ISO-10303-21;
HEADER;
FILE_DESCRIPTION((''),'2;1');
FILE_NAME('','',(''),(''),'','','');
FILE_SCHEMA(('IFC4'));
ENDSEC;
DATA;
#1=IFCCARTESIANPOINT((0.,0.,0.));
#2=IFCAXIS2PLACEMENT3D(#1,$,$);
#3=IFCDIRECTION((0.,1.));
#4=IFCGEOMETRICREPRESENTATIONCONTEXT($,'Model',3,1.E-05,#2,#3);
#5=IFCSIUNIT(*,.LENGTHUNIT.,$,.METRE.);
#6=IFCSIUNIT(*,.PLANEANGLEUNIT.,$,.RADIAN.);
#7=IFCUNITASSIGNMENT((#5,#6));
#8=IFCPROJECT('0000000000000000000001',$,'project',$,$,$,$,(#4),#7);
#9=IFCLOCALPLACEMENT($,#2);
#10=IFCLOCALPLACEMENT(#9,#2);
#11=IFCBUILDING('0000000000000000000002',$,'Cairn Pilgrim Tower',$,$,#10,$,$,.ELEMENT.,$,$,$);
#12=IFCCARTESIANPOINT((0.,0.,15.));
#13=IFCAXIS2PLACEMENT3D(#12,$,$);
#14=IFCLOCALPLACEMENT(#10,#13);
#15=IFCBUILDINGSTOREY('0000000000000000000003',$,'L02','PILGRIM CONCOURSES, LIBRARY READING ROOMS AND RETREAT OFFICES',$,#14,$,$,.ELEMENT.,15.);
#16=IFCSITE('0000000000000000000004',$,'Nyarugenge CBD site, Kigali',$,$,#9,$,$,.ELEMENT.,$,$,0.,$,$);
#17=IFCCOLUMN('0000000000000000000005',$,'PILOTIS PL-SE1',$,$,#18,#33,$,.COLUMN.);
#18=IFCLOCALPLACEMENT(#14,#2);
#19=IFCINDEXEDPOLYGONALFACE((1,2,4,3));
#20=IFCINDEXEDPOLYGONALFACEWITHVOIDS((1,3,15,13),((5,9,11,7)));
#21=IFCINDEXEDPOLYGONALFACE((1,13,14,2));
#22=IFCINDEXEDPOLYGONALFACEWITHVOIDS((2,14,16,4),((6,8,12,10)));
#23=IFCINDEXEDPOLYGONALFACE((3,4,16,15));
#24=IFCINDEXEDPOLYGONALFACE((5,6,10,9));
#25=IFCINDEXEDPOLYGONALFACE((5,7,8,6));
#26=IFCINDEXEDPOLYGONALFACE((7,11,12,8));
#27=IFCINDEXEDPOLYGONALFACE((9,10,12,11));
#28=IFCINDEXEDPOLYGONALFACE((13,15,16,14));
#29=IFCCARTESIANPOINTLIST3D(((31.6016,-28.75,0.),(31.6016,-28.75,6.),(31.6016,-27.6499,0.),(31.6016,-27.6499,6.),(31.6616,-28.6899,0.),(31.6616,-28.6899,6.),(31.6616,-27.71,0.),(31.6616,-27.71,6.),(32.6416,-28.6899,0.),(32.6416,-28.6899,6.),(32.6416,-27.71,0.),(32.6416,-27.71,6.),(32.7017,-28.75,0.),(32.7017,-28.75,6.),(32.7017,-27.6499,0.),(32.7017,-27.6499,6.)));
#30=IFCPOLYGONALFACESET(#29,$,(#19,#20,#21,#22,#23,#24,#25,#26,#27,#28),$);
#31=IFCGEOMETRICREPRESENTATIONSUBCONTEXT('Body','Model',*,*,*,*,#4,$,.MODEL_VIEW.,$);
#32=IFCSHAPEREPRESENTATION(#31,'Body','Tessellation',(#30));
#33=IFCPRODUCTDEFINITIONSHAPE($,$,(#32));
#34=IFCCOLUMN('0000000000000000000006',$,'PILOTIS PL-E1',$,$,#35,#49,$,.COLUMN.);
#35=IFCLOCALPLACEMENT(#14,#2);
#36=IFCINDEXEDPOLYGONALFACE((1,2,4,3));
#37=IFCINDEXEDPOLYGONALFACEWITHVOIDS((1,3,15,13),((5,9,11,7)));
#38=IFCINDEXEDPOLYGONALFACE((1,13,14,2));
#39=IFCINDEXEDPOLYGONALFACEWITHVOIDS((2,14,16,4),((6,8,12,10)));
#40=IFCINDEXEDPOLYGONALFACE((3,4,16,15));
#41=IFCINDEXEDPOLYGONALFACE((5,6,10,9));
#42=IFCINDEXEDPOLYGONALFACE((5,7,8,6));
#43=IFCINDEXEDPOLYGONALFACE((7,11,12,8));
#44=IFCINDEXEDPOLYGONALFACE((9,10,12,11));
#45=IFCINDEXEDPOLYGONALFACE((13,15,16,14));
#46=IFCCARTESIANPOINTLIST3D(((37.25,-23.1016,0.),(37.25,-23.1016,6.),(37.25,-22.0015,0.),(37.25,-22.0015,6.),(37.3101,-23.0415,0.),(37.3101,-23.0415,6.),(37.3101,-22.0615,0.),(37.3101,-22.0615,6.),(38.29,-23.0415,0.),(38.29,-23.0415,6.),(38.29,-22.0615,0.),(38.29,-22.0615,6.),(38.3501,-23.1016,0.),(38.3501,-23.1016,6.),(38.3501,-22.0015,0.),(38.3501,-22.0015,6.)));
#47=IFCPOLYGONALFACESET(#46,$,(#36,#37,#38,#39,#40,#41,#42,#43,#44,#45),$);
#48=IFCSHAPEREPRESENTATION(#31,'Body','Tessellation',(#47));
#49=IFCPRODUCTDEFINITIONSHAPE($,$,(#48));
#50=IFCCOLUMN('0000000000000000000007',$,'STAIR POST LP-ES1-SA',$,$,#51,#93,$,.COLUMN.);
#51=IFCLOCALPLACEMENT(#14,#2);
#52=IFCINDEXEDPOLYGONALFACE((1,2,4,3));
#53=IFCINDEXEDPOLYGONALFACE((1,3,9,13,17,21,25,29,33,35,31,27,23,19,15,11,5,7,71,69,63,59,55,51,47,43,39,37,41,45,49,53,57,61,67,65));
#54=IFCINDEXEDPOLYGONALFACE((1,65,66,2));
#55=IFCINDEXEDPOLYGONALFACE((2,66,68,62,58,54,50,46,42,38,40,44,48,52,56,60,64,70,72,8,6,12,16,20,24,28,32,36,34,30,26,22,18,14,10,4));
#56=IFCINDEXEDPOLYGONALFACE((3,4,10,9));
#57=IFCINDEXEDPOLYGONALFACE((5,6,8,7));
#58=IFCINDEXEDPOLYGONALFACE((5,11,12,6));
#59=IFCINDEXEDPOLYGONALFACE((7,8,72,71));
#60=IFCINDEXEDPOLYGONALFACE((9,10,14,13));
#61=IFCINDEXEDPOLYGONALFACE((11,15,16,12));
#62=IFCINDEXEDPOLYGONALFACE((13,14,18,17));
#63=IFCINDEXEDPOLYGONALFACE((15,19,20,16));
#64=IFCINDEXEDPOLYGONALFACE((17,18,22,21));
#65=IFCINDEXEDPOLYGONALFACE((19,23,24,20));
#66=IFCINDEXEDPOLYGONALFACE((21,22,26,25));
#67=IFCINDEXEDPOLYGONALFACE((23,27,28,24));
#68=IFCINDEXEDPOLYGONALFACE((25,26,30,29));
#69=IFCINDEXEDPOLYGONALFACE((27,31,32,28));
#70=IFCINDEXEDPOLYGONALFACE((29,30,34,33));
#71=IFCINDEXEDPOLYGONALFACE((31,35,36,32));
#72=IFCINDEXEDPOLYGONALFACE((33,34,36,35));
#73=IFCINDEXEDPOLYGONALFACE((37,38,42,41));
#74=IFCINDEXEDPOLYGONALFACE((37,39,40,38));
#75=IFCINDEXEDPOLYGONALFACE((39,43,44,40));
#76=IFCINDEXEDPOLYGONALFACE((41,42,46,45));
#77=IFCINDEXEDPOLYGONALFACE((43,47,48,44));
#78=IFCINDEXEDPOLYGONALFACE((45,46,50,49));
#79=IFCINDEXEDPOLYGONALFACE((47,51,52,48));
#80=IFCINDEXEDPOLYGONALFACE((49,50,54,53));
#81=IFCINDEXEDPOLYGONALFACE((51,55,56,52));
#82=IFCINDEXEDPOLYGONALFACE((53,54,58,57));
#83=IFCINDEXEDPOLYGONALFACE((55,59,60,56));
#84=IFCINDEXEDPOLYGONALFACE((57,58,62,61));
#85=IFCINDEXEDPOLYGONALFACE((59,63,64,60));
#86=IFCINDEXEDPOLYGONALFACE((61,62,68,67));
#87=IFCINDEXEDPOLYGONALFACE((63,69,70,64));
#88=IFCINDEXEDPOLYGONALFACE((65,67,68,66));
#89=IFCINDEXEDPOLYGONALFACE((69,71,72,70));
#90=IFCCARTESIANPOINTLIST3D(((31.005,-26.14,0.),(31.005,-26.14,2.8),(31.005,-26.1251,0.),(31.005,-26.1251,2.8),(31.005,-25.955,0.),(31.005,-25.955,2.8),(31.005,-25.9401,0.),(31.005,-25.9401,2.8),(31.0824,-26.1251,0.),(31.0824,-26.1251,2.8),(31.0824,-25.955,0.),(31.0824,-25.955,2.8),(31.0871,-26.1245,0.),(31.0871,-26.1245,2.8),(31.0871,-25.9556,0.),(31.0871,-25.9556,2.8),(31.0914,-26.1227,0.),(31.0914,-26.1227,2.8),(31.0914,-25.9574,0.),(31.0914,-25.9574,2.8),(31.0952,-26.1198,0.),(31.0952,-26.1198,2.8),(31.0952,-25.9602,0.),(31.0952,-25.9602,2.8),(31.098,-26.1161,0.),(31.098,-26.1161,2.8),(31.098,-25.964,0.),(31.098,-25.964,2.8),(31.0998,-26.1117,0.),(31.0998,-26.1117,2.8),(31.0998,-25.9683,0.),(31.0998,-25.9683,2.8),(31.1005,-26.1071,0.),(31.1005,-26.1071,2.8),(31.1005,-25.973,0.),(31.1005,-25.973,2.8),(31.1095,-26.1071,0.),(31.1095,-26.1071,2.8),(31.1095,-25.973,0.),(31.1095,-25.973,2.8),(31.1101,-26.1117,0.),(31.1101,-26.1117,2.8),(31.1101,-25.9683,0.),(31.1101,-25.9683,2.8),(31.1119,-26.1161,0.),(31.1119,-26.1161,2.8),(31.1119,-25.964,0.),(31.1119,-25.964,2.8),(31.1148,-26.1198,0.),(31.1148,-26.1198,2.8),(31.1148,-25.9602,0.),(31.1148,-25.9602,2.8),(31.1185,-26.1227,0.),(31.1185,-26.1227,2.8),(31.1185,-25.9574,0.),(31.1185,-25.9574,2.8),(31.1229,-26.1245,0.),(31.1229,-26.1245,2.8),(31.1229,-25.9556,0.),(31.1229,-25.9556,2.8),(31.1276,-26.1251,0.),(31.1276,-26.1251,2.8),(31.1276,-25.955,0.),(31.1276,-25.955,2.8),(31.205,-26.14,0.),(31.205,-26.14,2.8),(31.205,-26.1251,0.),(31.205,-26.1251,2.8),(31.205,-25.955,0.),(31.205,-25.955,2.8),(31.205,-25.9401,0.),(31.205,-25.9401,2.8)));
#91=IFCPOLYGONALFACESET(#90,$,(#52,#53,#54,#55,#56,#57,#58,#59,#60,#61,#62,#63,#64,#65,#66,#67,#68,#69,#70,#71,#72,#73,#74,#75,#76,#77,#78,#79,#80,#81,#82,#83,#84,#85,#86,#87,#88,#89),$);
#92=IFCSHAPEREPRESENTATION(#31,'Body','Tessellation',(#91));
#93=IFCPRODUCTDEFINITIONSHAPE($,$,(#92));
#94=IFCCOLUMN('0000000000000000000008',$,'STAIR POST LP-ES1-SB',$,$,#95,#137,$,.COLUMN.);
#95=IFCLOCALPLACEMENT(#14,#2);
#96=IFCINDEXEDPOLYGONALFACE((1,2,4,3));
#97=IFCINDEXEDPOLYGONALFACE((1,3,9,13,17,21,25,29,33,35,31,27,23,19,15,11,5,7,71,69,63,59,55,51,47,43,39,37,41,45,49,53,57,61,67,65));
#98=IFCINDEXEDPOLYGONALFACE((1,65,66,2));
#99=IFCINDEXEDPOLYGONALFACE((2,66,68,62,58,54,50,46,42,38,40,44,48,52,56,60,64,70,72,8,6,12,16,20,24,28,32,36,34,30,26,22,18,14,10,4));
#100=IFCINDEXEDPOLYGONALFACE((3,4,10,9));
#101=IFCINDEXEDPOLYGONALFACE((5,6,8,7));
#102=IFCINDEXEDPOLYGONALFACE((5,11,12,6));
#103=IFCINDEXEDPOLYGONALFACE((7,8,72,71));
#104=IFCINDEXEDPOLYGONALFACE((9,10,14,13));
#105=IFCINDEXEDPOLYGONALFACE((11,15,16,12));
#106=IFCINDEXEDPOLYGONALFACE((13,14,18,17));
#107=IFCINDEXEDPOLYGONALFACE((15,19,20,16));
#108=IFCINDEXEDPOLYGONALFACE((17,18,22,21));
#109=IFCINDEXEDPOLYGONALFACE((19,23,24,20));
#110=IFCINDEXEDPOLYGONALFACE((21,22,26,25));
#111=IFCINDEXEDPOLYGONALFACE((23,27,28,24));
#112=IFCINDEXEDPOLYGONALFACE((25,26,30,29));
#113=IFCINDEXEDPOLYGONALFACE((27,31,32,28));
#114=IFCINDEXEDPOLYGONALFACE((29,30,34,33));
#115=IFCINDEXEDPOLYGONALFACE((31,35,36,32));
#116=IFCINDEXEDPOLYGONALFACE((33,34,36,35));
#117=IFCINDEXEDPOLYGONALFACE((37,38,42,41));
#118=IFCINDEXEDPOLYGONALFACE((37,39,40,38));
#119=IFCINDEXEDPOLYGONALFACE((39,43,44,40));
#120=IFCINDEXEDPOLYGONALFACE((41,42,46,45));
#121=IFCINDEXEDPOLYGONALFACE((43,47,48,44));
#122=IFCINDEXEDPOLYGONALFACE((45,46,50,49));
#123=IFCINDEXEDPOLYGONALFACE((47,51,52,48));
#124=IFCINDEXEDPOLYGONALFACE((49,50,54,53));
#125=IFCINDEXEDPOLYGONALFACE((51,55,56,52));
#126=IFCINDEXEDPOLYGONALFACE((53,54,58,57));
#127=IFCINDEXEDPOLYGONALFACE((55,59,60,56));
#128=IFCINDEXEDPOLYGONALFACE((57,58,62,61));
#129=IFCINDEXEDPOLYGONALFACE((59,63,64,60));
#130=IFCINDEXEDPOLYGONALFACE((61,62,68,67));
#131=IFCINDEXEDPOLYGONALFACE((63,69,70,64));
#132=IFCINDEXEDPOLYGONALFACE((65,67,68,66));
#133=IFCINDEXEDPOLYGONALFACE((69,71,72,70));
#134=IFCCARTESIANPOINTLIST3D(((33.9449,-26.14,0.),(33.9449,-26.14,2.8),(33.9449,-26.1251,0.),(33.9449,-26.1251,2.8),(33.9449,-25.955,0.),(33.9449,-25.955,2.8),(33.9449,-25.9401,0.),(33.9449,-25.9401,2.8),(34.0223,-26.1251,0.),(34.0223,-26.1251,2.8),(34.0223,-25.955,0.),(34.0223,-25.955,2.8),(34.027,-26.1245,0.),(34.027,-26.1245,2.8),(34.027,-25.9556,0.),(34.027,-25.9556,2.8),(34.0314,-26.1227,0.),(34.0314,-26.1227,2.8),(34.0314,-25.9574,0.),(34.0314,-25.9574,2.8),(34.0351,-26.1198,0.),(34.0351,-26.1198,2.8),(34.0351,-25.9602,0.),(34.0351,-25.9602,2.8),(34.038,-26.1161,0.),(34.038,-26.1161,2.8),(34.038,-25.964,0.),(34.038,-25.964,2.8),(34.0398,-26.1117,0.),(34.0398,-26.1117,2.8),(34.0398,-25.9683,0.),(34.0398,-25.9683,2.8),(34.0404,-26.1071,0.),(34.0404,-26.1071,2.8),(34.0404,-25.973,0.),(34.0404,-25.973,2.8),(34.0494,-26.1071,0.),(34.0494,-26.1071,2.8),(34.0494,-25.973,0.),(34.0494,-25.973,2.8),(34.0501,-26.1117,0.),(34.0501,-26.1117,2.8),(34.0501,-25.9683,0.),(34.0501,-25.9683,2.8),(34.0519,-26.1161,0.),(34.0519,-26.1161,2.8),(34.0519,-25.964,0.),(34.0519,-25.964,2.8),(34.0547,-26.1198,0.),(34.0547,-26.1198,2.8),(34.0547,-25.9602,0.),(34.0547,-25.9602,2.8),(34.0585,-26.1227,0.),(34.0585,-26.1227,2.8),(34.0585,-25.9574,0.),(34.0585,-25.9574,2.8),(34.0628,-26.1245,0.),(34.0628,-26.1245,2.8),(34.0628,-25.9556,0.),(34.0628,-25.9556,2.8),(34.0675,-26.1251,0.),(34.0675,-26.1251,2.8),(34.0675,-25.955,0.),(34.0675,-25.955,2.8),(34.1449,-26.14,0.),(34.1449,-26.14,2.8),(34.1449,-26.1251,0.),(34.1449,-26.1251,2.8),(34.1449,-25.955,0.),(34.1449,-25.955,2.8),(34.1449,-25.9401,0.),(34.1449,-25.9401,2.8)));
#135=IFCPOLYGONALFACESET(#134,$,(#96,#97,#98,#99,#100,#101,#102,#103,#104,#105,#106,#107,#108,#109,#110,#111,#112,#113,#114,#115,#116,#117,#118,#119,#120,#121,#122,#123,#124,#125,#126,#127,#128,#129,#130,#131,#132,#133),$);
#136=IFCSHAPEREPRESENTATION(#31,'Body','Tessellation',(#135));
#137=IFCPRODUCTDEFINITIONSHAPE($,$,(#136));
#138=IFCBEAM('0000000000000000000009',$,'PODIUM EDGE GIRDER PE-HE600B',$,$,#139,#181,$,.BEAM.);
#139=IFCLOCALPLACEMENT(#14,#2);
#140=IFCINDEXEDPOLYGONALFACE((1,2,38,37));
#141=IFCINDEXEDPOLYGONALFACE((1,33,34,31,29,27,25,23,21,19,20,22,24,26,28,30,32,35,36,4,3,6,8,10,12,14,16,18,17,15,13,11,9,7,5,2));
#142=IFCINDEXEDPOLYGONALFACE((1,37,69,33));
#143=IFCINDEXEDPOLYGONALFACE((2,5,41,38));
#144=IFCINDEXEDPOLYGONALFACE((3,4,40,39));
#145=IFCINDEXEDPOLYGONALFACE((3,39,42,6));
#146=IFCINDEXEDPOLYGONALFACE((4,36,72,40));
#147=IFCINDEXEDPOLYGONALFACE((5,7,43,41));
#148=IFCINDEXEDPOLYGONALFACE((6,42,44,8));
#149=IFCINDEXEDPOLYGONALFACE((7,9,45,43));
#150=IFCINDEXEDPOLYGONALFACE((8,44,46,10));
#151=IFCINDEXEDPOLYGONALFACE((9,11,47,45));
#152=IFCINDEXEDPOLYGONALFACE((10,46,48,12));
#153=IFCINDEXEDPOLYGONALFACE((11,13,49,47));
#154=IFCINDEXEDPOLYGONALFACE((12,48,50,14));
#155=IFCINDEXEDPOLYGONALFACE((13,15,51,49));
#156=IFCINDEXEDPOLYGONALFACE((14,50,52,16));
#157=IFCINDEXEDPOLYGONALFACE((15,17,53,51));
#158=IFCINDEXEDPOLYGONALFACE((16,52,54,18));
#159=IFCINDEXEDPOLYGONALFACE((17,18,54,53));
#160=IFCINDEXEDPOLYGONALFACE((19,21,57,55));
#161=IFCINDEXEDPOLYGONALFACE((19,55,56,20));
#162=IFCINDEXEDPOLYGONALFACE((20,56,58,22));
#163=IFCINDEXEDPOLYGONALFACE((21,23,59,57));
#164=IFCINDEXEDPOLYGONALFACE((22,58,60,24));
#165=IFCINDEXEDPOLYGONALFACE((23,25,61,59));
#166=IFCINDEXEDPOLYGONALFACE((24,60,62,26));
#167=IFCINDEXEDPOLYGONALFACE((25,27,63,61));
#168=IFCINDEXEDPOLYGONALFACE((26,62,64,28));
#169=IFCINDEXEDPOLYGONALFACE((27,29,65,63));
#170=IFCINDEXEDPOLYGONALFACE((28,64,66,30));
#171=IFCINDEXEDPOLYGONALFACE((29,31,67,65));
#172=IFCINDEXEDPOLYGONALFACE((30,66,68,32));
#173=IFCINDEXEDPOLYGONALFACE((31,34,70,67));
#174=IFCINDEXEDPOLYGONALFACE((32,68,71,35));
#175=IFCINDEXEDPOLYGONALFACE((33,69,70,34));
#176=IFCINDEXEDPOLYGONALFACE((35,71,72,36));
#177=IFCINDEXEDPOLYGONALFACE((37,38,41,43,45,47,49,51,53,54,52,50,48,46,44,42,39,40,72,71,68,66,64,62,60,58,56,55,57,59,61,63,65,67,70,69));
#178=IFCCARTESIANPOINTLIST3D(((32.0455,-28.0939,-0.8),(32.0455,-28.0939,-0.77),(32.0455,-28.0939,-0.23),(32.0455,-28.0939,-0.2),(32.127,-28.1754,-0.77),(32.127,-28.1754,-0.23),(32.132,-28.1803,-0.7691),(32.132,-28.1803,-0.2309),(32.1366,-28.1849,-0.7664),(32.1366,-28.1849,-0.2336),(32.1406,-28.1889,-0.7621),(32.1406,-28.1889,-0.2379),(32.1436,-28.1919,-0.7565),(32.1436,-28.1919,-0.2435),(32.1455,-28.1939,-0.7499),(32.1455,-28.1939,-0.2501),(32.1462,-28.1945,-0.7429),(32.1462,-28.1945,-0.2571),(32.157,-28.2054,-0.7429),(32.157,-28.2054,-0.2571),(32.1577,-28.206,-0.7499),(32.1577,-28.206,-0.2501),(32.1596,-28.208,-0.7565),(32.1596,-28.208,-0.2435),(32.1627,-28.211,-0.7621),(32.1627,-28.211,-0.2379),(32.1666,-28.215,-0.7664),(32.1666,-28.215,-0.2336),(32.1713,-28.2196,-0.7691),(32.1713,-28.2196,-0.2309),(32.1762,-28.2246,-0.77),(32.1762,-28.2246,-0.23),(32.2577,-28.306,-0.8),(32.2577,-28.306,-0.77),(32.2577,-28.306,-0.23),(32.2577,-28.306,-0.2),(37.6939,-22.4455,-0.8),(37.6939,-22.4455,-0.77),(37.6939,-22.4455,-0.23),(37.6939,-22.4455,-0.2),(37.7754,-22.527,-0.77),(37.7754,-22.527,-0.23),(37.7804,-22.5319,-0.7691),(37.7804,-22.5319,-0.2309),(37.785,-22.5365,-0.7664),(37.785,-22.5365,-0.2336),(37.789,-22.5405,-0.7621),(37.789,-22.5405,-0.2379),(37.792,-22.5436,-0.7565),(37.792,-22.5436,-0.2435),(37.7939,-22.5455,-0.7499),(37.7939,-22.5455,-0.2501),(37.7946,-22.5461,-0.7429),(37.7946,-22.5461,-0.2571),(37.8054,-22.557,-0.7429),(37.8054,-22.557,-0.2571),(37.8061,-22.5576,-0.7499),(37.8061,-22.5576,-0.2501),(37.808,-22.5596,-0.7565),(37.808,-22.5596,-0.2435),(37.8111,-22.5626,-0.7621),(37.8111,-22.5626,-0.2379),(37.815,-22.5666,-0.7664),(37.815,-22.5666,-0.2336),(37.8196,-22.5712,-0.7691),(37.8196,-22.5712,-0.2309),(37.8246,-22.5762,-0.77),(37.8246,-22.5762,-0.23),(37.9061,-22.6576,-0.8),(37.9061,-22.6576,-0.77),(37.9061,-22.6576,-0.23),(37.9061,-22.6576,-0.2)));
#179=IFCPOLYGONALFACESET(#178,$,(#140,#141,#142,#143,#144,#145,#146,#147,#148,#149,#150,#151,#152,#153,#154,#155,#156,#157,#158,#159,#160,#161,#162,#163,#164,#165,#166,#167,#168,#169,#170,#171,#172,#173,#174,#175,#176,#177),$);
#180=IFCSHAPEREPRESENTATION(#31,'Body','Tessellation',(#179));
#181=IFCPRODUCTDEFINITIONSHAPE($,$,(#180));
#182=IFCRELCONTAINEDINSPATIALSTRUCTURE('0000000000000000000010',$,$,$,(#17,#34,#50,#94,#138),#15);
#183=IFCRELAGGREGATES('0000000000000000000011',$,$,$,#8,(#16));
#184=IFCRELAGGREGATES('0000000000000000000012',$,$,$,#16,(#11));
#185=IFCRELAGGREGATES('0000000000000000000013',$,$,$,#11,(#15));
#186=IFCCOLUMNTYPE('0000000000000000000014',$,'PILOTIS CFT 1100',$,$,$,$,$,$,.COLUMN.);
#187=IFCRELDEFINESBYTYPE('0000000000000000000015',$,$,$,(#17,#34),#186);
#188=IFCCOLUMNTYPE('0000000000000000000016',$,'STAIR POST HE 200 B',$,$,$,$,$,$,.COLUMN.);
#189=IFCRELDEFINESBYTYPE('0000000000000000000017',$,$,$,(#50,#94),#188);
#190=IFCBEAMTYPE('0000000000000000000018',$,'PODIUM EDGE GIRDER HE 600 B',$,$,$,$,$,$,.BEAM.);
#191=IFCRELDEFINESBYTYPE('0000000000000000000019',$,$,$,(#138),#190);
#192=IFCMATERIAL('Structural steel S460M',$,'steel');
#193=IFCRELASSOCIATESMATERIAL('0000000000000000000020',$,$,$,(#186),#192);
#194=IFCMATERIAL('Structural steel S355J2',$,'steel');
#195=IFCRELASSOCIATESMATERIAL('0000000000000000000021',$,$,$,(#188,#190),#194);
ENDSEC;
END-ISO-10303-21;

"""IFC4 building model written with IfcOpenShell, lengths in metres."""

from ifc_helpers import new_model, si_unit, direction, frame, origin, origin_2d, place, context, subcontext, project, spatial, hollow_rectangle, i_section, extrude, material, material_profile, profile_set, type_object, element, save


model = new_model("IFC4")

# Units and contexts
model_context = context("Model", 3, precision=1e-05, world=origin(), true_north=direction((0.0, 1.0)))
body_context = subcontext(model_context, "Body", "Model", "MODEL_VIEW")
ifc_project = project(units=[si_unit("LENGTHUNIT", "METRE"), si_unit("PLANEANGLEUNIT", "RADIAN")], contexts=[model_context])

# Site, building, storey
site_placement = place(None, origin())
site = spatial("IfcSite", under=ifc_project, at=site_placement, Name="Nyarugenge CBD site, Kigali", CompositionType="ELEMENT", RefElevation=0.0)
building_placement = place(site_placement, origin())
building = spatial("IfcBuilding", under=site, at=building_placement, Name="Cairn Pilgrim Tower", CompositionType="ELEMENT")
storey_placement = place(building_placement, frame((0.0, 0.0, 15.0)))
storey = spatial("IfcBuildingStorey", under=building, at=storey_placement, Name="L02", Description="PILGRIM CONCOURSES, LIBRARY READING ROOMS AND RETREAT OFFICES", CompositionType="ELEMENT", Elevation=15.0)

# Columns
ifc_material_1 = material(Name="Structural steel S460M", Category="steel")
ifc_material_profile_1 = material_profile(ifc_material_1, hollow_rectangle(XDim=1.1001, YDim=1.1001, WallThickness=0.0601, at=origin_2d()), Name="BOX 1100x1100x60")
ifc_profile_set_1 = profile_set([ifc_material_profile_1], Name="Structural steel S460M")
column_type_1 = type_object("IfcColumnType", Name="PILOTIS CFT 1100", PredefinedType="COLUMN", material=ifc_profile_set_1)
for number, where, z_axis, x_axis, name in (
    (1, (32.1516, -28.2, 0.0), (0.0, 0.0, 1.0), (1.0, 0.0, 0.0), "PILOTIS PL-SE1"),
    (2, (37.8, -22.5515, 0.0), (0.0, 0.0, 1.0), (1.0, 0.0, 0.0), "PILOTIS PL-E1"),
):
    element("IfcColumn", number, at=place(storey_placement, frame(where, z_axis=z_axis, x_axis=x_axis)), inside=storey, type_object=column_type_1, Name=name, PredefinedType="COLUMN", context=body_context, shape_type="SweptSolid", body=[
        extrude(hollow_rectangle(XDim=1.1001, YDim=1.1001, WallThickness=0.0601, at=origin_2d()), origin(), (0.0, 0.0, 1.0), 6.0),
    ])
ifc_material_2 = material(Name="Structural steel S355J2", Category="steel")
ifc_material_profile_2 = material_profile(ifc_material_2, i_section(OverallWidth=0.2, OverallDepth=0.2, WebThickness=0.009, FlangeThickness=0.0149, FilletRadius=0.0181, at=origin_2d()), Name="HE 200 B")
ifc_profile_set_2 = profile_set([ifc_material_profile_2], Name="Structural steel S355J2")
column_type_2 = type_object("IfcColumnType", Name="STAIR POST HE 200 B", PredefinedType="COLUMN", material=ifc_profile_set_2)
for number, where, z_axis, x_axis, name in (
    (3, (31.105, -26.04, 0.0), (0.0, 0.0, 1.0), (1.0, 0.0, 0.0), "STAIR POST LP-ES1-SA"),
    (4, (34.0449, -26.04, 0.0), (0.0, 0.0, 1.0), (1.0, 0.0, 0.0), "STAIR POST LP-ES1-SB"),
):
    element("IfcColumn", number, at=place(storey_placement, frame(where, z_axis=z_axis, x_axis=x_axis)), inside=storey, type_object=column_type_2, Name=name, PredefinedType="COLUMN", context=body_context, shape_type="SweptSolid", body=[
        extrude(i_section(OverallWidth=0.2, OverallDepth=0.2, WebThickness=0.009, FlangeThickness=0.0149, FilletRadius=0.0181, at=origin_2d()), origin(), (0.0, 0.0, 1.0), 2.8),
    ])

# Beam
ifc_material_profile_3 = material_profile(ifc_material_2, i_section(OverallWidth=0.3, OverallDepth=0.6001, WebThickness=0.0154, FlangeThickness=0.03, FilletRadius=0.0271, at=origin_2d()), Name="HEB 600")
ifc_profile_set_3 = profile_set([ifc_material_profile_3], Name="Structural steel S355J2")
beam_type_1 = type_object("IfcBeamType", Name="PODIUM EDGE GIRDER HE 600 B", PredefinedType="BEAM", material=ifc_profile_set_3)
beam_1_placement = place(storey_placement, frame((32.1516, -28.2, -0.5), z_axis=(0.707107, 0.707107, 0.0), x_axis=(-0.707107, 0.707107, 0.0)))
element("IfcBeam", 5, at=beam_1_placement, inside=storey, type_object=beam_type_1, Name="PODIUM EDGE GIRDER PE-HE600B", PredefinedType="BEAM", context=body_context, shape_type="SweptSolid", body=[
    extrude(i_section(OverallWidth=0.3, OverallDepth=0.6001, WebThickness=0.0154, FlangeThickness=0.03, FilletRadius=0.0271, at=origin_2d()), origin(), (0.0, 0.0, 1.0), 7.988),
])

save(model, "model.ifc")
